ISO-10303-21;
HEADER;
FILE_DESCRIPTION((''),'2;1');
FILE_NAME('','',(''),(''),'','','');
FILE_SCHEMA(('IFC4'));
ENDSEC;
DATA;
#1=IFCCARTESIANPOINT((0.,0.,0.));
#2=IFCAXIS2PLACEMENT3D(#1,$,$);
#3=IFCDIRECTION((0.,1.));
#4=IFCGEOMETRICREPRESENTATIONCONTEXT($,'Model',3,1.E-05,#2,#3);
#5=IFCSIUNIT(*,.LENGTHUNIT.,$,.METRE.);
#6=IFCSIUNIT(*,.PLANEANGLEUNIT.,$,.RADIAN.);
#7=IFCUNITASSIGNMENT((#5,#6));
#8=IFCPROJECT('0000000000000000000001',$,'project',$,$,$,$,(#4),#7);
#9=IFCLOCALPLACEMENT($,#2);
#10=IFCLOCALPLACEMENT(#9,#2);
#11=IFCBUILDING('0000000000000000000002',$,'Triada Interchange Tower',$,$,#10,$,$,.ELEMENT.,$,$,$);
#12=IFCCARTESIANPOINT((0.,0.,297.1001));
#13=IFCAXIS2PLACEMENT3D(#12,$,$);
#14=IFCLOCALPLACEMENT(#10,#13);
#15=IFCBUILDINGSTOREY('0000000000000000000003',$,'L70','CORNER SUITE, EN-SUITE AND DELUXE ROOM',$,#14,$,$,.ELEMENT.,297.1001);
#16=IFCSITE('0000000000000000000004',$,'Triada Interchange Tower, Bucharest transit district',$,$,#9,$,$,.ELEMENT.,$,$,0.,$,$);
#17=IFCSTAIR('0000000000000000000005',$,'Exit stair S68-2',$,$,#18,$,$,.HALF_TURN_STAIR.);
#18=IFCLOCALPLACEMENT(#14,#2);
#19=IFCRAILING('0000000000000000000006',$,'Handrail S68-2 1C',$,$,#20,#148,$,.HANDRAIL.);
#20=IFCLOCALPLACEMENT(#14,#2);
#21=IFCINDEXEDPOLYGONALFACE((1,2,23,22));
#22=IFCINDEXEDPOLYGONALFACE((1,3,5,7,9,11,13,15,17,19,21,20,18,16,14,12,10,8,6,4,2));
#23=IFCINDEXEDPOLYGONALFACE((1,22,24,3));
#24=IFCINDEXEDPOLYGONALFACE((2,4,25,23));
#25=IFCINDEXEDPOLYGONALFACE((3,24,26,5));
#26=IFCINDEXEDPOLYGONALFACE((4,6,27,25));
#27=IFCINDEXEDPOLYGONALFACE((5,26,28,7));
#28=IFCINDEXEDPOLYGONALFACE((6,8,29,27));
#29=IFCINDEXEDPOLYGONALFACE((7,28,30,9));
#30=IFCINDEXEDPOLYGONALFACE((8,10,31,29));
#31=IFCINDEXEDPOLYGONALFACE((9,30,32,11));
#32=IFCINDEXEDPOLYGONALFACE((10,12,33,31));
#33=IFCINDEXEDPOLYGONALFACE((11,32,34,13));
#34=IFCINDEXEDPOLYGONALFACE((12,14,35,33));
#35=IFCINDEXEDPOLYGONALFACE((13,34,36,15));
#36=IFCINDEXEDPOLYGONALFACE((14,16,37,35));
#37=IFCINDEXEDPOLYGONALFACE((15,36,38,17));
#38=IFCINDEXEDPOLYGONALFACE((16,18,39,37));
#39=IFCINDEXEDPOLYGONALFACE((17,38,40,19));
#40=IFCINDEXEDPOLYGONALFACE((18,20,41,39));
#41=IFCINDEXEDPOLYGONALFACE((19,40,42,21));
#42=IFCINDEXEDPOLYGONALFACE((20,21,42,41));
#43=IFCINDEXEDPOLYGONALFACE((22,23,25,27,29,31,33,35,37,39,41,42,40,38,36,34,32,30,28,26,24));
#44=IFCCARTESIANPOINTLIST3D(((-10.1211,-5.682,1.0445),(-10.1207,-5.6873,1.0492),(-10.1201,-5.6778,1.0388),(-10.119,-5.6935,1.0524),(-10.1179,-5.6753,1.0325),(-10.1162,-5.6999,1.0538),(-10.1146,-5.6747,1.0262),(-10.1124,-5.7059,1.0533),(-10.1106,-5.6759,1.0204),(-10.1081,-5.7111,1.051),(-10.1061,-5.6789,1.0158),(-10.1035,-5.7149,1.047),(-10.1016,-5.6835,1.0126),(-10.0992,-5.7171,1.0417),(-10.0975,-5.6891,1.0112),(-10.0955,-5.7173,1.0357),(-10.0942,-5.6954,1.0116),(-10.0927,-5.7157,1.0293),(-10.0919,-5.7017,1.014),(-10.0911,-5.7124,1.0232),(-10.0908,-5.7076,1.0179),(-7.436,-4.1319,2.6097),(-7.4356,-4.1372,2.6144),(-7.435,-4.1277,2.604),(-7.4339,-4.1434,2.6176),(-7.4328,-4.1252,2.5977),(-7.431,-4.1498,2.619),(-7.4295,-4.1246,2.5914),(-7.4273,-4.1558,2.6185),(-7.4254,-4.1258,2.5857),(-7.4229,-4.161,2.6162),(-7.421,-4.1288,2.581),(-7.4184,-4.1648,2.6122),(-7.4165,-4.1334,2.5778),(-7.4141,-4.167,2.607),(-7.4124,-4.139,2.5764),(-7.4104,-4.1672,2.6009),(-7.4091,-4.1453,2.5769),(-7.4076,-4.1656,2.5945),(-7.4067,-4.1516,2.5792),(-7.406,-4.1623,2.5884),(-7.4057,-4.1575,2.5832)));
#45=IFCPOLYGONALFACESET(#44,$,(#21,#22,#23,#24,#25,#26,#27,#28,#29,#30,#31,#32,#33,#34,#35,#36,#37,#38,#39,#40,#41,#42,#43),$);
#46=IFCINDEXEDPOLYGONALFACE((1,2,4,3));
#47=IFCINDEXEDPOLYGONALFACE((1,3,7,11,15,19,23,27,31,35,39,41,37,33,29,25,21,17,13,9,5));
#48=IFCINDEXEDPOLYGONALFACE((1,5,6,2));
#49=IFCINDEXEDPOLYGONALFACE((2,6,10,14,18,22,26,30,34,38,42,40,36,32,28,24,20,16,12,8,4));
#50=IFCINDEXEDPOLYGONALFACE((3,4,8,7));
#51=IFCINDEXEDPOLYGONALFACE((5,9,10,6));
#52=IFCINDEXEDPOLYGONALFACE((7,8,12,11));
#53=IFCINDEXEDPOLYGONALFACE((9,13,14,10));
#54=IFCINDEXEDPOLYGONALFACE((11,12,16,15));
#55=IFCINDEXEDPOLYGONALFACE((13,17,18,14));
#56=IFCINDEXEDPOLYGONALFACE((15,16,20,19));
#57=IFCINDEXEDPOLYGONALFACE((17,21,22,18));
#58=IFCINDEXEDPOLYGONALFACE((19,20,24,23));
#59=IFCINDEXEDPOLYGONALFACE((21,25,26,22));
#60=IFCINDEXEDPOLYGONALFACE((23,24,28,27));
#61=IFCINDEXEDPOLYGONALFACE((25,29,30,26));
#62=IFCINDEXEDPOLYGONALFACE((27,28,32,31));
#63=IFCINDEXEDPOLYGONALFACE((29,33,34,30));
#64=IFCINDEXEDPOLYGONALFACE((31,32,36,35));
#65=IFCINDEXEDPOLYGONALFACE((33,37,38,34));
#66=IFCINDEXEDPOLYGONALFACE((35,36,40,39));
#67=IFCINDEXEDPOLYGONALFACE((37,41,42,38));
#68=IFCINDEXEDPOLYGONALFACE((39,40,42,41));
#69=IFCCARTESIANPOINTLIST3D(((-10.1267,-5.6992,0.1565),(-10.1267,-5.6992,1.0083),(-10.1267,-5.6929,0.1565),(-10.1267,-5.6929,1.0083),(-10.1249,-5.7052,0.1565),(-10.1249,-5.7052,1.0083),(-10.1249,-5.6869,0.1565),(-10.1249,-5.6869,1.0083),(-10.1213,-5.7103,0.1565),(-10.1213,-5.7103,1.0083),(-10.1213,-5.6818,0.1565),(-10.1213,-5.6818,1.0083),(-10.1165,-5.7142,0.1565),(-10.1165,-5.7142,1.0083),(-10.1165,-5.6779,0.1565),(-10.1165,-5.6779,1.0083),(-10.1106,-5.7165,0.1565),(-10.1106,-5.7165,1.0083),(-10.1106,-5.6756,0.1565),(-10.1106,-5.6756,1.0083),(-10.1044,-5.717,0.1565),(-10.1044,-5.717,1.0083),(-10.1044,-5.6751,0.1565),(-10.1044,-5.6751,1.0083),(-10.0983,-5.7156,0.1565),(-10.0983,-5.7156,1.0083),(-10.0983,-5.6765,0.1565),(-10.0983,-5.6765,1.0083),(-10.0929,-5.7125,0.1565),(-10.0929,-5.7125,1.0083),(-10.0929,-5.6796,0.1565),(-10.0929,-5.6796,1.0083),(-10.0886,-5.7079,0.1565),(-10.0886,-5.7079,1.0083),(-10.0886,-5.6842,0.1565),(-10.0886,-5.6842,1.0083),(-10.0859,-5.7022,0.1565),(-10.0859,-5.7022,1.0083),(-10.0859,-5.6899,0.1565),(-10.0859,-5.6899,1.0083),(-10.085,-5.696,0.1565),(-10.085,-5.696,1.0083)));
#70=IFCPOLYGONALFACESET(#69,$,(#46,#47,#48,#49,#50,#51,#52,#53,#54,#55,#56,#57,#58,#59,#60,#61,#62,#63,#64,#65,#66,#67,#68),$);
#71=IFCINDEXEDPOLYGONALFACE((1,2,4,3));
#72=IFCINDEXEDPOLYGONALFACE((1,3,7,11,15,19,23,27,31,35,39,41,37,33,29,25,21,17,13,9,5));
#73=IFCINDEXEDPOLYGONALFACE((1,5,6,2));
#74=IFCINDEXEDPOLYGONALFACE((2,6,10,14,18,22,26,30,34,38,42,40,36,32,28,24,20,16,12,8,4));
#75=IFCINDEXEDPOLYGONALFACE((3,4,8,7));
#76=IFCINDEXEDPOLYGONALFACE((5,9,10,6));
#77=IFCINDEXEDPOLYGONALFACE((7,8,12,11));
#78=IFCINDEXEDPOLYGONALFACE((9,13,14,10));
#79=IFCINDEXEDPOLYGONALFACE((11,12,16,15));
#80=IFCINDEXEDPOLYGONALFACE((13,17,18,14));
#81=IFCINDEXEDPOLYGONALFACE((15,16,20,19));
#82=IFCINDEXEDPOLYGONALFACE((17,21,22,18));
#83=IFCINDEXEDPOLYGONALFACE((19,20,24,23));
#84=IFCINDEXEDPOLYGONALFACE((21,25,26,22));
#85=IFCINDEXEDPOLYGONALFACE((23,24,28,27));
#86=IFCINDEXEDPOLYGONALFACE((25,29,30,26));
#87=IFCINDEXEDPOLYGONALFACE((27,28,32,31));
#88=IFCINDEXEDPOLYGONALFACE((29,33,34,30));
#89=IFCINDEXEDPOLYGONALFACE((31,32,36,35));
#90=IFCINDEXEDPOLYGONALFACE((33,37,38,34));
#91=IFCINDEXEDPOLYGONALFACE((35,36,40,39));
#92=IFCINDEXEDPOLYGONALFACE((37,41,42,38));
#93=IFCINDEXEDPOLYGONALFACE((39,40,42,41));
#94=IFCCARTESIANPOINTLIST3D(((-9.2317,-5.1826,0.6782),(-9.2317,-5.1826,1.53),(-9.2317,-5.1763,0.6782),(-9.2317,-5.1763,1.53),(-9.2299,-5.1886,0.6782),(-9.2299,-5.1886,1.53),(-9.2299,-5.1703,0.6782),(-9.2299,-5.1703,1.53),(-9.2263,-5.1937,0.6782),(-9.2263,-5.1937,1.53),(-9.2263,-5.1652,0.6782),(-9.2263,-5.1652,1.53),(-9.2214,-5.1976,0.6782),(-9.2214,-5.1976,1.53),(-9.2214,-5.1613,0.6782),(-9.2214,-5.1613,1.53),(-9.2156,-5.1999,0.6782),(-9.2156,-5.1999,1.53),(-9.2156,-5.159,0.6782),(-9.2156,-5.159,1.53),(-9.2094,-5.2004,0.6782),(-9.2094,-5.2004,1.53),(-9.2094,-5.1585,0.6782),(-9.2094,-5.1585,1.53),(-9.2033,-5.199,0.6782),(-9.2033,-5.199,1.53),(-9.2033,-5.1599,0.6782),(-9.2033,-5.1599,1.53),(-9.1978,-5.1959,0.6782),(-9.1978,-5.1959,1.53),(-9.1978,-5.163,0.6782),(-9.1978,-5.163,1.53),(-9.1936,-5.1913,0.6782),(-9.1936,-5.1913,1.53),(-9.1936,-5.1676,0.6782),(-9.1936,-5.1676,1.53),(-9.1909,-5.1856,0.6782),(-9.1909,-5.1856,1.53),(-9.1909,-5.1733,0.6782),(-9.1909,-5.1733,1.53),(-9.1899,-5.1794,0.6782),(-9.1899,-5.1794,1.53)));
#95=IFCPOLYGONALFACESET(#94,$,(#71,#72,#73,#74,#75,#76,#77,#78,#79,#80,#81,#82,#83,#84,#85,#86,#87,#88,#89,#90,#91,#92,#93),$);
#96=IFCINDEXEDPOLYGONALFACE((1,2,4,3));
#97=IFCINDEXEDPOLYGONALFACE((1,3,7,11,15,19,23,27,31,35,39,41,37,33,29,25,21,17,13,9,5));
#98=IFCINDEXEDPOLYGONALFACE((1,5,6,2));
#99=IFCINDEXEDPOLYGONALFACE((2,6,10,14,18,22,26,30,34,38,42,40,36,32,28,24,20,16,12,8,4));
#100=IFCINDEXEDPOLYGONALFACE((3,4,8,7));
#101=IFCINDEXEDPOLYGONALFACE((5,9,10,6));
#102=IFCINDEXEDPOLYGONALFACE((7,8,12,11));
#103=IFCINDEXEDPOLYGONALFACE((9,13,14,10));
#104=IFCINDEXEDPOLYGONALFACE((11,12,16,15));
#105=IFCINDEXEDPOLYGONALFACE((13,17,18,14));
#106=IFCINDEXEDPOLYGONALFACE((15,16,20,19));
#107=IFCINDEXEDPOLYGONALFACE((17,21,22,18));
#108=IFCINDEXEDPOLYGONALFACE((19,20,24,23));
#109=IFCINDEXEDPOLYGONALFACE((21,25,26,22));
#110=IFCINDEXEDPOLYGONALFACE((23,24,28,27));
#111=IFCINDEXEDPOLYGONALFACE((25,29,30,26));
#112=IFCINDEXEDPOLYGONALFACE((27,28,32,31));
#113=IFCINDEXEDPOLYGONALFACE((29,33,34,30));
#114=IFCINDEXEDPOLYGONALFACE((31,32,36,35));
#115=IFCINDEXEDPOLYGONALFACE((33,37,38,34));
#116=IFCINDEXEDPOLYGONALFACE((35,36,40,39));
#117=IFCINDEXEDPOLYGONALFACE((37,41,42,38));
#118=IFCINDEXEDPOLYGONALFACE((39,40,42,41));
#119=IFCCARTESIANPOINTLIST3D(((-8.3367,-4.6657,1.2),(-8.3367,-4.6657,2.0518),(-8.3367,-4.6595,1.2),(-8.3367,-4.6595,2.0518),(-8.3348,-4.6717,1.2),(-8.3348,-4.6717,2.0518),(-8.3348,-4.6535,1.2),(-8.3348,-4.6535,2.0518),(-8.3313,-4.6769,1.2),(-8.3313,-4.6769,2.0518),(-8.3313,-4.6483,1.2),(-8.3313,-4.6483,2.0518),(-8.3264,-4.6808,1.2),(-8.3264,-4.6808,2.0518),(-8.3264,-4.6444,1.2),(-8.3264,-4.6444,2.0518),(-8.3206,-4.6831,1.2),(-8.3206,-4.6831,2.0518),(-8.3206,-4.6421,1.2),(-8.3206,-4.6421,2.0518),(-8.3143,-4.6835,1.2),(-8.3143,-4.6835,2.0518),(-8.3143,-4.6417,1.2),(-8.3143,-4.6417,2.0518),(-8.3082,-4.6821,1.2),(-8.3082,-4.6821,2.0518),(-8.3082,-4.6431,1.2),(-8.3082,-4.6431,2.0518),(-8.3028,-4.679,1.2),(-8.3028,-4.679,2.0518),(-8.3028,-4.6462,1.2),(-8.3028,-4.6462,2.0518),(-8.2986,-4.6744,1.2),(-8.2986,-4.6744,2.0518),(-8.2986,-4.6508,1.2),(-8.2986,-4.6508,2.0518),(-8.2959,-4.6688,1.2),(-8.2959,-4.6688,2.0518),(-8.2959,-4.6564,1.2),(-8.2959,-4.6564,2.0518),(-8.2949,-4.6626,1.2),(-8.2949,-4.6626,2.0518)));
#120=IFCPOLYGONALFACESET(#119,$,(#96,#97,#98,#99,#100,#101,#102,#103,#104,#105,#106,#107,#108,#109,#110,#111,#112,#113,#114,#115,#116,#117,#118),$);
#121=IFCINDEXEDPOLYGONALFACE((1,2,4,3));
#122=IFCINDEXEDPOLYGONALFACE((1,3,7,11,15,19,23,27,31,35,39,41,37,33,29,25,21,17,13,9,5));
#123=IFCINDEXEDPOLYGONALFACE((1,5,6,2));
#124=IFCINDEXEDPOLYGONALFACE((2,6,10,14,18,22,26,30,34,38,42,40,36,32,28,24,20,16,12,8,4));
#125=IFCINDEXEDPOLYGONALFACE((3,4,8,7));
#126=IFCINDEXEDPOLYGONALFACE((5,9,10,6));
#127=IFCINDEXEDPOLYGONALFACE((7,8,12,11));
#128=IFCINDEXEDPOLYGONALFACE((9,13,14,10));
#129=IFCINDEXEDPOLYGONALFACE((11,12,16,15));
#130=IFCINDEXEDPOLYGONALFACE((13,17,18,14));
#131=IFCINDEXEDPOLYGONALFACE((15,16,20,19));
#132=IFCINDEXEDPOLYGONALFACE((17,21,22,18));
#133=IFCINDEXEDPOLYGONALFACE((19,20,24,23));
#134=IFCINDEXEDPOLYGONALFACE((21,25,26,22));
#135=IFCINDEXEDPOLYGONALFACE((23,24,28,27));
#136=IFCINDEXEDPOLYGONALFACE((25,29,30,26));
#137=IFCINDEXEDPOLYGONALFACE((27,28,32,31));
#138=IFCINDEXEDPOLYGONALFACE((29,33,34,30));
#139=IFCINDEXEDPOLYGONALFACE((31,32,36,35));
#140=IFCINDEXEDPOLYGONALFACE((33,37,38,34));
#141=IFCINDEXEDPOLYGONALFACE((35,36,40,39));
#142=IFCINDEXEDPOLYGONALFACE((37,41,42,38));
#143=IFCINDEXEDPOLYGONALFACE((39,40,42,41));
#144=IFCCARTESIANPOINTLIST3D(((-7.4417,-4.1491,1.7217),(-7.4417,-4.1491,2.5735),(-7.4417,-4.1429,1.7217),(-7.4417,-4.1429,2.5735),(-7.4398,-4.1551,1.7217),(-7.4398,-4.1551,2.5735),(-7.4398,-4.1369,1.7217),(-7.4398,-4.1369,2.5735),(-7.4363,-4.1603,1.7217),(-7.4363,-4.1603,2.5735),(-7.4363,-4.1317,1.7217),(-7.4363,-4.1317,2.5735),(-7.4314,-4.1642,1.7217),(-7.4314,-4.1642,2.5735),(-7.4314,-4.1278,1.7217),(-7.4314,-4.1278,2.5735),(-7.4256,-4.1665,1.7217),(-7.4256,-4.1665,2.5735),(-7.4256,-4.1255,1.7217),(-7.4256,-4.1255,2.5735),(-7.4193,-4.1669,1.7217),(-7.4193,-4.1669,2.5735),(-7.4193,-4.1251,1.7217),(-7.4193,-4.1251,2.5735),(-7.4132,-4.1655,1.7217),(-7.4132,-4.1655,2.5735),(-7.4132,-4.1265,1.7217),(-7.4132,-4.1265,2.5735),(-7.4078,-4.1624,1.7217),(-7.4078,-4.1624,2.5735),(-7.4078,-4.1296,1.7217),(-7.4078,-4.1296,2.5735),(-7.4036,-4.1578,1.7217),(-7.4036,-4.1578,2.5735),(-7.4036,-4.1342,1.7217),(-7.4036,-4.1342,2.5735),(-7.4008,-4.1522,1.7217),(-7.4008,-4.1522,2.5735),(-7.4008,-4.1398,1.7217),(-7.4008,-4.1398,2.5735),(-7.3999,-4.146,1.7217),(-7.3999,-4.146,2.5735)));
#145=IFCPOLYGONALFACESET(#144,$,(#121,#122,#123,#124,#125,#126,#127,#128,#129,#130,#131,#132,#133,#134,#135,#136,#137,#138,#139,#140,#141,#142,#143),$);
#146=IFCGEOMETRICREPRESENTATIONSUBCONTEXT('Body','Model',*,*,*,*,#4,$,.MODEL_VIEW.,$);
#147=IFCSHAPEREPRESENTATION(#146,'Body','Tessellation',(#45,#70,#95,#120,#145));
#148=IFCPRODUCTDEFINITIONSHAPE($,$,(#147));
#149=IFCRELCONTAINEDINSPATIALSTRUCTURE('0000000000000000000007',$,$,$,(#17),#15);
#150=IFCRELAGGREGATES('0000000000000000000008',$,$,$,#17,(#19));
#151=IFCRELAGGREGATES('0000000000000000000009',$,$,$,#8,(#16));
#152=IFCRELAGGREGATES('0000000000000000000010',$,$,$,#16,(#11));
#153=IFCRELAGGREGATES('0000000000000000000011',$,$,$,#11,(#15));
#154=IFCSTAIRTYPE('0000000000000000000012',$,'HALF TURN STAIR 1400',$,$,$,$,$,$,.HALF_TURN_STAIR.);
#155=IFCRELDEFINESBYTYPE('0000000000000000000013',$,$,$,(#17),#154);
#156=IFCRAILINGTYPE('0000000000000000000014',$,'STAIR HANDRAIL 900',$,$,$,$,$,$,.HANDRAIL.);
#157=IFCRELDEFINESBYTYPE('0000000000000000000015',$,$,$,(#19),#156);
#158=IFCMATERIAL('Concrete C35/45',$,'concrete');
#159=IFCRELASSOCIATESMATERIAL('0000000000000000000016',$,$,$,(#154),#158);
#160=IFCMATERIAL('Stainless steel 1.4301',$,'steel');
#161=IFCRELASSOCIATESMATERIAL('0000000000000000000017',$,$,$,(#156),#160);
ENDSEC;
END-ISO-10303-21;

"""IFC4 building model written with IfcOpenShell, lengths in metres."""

from ifc_helpers import new_model, si_unit, direction, frame, origin, origin_2d, place, context, subcontext, project, spatial, circle, extrude, material, type_object, element, aggregate, save


model = new_model("IFC4")

# Units and contexts
model_context = context("Model", 3, precision=1e-05, world=origin(), true_north=direction((0.0, 1.0)))
body_context = subcontext(model_context, "Body", "Model", "MODEL_VIEW")
ifc_project = project(units=[si_unit("LENGTHUNIT", "METRE"), si_unit("PLANEANGLEUNIT", "RADIAN")], contexts=[model_context])

# Site, building, storey
site_placement = place(None, origin())
site = spatial("IfcSite", under=ifc_project, at=site_placement, Name="Triada Interchange Tower, Bucharest transit district", CompositionType="ELEMENT", RefElevation=0.0)
building_placement = place(site_placement, origin())
building = spatial("IfcBuilding", under=site, at=building_placement, Name="Triada Interchange Tower", CompositionType="ELEMENT")
storey_placement = place(building_placement, frame((0.0, 0.0, 297.1001)))
storey = spatial("IfcBuildingStorey", under=building, at=storey_placement, Name="L70", Description="CORNER SUITE, EN-SUITE AND DELUXE ROOM", CompositionType="ELEMENT", Elevation=297.1001)

# Stair, railing
ifc_material_1 = material(Name="Concrete C35/45", Category="concrete")
stair_type = type_object("IfcStairType", Name="HALF TURN STAIR 1400", PredefinedType="HALF_TURN_STAIR", material=ifc_material_1)
stair_placement = place(storey_placement, origin())
stair = element("IfcStair", 1, at=stair_placement, inside=storey, type_object=stair_type, Name="Exit stair S68-2", PredefinedType="HALF_TURN_STAIR")
ifc_material_2 = material(Name="Stainless steel 1.4301", Category="steel")
railing_type = type_object("IfcRailingType", Name="STAIR HANDRAIL 900", PredefinedType="HANDRAIL", material=ifc_material_2)
railing_1_placement = place(storey_placement, frame((-10.106, -5.696, 0.1565)))
railing_1 = element("IfcRailing", 2, at=railing_1_placement, type_object=railing_type, Name="Handrail S68-2 1C", PredefinedType="HANDRAIL", context=body_context, shape_type="SweptSolid", body=[
    extrude(circle(Radius=0.0239, at=origin_2d()), frame((0.0, 0.0, 0.876), z_axis=(0.773115, 0.446309, 0.450667), x_axis=(-0.499959, 0.866049, 0.0)), (0.0, 0.0, 1.0), 3.4731),
    extrude(circle(Radius=0.021, at=origin_2d()), origin(), (0.0, 0.0, 1.0), 0.8518),
    extrude(circle(Radius=0.021, at=origin_2d()), frame((0.895, 0.5166, 0.5217)), (0.0, 0.0, 1.0), 0.8518),
    extrude(circle(Radius=0.021, at=origin_2d()), frame((1.79, 1.0334, 1.0435)), (0.0, 0.0, 1.0), 0.8518),
    extrude(circle(Radius=0.021, at=origin_2d()), frame((2.6851, 1.55, 1.5652)), (0.0, 0.0, 1.0), 0.8518),
])
aggregate(stair, [railing_1])

save(model, "model.ifc")
